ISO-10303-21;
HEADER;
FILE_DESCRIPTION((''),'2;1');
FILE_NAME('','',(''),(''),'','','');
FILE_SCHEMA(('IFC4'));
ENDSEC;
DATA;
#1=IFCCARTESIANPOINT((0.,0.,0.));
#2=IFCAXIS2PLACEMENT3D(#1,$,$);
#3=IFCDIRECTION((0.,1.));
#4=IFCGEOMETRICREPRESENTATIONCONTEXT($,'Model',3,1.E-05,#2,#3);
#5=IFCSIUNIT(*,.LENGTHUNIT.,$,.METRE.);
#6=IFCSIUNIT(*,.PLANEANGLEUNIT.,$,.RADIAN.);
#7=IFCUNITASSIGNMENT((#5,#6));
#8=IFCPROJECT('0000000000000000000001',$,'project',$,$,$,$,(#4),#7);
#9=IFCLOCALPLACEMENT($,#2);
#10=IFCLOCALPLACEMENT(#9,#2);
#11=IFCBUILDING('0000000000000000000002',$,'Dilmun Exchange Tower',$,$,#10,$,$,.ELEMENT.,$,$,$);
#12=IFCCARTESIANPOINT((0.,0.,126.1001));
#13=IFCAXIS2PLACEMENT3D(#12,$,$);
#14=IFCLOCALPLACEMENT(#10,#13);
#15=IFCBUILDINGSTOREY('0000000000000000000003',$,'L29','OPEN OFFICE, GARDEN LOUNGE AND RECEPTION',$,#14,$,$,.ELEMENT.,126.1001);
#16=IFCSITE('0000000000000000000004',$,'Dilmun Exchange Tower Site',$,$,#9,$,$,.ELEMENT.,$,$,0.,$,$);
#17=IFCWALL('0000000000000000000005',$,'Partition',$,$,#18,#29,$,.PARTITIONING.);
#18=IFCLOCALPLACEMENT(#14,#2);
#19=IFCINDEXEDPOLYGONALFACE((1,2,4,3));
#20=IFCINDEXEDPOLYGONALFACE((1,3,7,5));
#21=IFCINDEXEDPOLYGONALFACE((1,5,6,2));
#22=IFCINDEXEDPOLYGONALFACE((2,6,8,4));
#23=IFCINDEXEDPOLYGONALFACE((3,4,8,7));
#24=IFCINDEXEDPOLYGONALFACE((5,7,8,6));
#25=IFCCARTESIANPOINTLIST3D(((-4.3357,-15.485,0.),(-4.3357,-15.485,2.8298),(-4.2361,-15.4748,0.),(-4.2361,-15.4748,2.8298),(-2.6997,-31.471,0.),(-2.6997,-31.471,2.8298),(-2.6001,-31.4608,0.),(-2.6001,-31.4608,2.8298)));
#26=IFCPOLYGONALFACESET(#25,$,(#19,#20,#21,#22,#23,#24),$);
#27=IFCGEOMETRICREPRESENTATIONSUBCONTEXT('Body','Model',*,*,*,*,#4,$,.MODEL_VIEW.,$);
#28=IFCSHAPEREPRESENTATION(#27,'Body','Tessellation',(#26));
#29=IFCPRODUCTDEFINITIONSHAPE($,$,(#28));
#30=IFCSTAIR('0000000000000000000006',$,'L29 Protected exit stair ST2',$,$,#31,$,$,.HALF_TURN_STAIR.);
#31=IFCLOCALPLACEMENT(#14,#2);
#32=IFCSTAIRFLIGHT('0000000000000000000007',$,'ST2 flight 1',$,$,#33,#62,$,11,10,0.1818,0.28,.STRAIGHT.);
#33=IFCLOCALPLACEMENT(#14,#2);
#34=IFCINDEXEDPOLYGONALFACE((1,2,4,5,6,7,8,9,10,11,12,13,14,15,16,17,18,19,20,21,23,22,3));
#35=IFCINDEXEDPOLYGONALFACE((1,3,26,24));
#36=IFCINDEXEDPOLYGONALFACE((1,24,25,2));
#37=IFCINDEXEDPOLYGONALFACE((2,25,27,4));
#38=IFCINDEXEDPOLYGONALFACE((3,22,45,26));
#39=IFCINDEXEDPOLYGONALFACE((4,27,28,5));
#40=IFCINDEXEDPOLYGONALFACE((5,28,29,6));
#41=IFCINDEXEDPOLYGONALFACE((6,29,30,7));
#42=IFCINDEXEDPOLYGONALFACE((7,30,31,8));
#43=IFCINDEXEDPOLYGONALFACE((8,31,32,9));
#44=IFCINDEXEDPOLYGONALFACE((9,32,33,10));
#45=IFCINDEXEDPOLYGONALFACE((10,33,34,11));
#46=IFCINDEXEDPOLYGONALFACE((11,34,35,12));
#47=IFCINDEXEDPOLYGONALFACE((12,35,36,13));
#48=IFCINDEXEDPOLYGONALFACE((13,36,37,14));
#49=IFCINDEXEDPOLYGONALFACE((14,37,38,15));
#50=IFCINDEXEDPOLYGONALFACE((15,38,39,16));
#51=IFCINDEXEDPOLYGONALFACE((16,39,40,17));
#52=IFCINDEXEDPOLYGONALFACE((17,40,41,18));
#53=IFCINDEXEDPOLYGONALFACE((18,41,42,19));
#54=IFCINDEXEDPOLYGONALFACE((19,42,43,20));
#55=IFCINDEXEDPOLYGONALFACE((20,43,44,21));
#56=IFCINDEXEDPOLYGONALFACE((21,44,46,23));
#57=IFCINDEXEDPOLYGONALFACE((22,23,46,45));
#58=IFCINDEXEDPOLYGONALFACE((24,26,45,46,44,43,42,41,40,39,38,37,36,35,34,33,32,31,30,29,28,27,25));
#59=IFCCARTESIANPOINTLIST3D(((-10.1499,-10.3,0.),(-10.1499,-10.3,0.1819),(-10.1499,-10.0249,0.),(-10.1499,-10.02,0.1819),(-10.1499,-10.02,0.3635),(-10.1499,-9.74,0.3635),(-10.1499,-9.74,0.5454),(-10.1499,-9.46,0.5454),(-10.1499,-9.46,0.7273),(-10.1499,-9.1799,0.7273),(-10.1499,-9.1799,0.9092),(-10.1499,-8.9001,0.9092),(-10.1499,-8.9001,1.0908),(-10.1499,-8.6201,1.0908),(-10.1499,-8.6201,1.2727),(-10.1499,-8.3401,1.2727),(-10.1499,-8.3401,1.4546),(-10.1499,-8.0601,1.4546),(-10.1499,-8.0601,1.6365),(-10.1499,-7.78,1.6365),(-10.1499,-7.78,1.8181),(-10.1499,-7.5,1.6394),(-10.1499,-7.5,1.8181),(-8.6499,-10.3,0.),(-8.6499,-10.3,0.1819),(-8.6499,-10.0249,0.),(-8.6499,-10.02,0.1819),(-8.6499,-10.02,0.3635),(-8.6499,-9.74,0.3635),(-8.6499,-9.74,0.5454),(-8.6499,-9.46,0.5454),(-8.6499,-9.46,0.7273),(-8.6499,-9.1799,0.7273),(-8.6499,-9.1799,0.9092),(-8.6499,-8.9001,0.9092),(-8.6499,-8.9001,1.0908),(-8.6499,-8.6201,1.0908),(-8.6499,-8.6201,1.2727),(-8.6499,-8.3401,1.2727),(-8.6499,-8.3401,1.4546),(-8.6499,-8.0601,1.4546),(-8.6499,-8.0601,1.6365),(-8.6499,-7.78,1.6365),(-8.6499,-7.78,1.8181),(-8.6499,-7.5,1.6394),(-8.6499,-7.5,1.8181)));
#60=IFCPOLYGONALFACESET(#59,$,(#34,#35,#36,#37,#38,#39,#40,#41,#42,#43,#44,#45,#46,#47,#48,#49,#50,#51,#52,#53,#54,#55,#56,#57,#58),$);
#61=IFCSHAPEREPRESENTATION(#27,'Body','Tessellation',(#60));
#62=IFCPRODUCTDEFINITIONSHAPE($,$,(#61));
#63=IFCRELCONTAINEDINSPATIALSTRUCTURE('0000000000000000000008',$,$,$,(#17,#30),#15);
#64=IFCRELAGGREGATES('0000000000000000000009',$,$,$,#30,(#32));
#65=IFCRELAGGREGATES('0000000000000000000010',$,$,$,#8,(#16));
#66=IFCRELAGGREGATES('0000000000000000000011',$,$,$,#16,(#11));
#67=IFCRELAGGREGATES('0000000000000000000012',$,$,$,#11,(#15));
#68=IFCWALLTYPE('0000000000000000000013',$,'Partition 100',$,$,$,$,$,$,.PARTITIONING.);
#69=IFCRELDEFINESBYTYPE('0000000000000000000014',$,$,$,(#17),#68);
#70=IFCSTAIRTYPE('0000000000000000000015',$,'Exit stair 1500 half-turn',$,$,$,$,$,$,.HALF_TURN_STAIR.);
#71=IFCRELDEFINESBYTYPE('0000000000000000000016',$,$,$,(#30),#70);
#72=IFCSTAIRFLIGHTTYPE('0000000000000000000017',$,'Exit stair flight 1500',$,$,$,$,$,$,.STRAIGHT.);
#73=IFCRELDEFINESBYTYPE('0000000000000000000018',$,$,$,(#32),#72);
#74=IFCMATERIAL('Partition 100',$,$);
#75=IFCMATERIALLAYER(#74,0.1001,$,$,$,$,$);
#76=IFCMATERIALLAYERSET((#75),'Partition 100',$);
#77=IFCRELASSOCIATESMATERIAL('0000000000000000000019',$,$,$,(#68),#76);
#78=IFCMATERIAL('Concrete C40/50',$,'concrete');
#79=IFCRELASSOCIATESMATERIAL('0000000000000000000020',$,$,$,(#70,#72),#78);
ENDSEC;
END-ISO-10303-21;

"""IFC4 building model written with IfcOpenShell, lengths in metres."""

from ifc_helpers import new_model, si_unit, direction, frame, frame_2d, origin, place, context, subcontext, project, spatial, polyline, rectangle, outline, extrude, material, layer, layer_set, type_object, element, aggregate, save


model = new_model("IFC4")

# Units and contexts
model_context = context("Model", 3, precision=1e-05, world=origin(), true_north=direction((0.0, 1.0)))
body_context = subcontext(model_context, "Body", "Model", "MODEL_VIEW")
ifc_project = project(units=[si_unit("LENGTHUNIT", "METRE"), si_unit("PLANEANGLEUNIT", "RADIAN")], contexts=[model_context])

# Site, building, storey
site_placement = place(None, origin())
site = spatial("IfcSite", under=ifc_project, at=site_placement, Name="Dilmun Exchange Tower Site", CompositionType="ELEMENT", RefElevation=0.0)
building_placement = place(site_placement, origin())
building = spatial("IfcBuilding", under=site, at=building_placement, Name="Dilmun Exchange Tower", CompositionType="ELEMENT")
storey_placement = place(building_placement, frame((0.0, 0.0, 126.1001)))
storey = spatial("IfcBuildingStorey", under=building, at=storey_placement, Name="L29", Description="OPEN OFFICE, GARDEN LOUNGE AND RECEPTION", CompositionType="ELEMENT", Elevation=126.1001)

# Shared definitions
ifc_material_1 = material(Name="Concrete C40/50", Category="concrete")

# Wall
ifc_material_2 = material(Name="Partition 100")
ifc_layer_1 = layer(ifc_material_2, 0.1001)
ifc_layer_set_1 = layer_set([ifc_layer_1], Name="Partition 100")
wall_type_1 = type_object("IfcWallType", Name="Partition 100", PredefinedType="PARTITIONING", material=ifc_layer_set_1)
wall_1_placement = place(storey_placement, frame((-4.2859, -15.48, 0.0), z_axis=(0.0, 0.0, 1.0), x_axis=(0.101806, -0.994804, 0.0)))
element("IfcWall", 1, at=wall_1_placement, inside=storey, type_object=wall_type_1, Name="Partition", PredefinedType="PARTITIONING", context=body_context, shape_type="SweptSolid", body=[
    extrude(rectangle(XDim=16.0696, YDim=0.1001, at=frame_2d((8.0347, 0.0))), origin(), (0.0, 0.0, 1.0), 2.8298),
])

# Stair, stair flight
stair_type = type_object("IfcStairType", Name="Exit stair 1500 half-turn", PredefinedType="HALF_TURN_STAIR", material=ifc_material_1)
stair_placement = place(storey_placement, origin())
stair = element("IfcStair", 2, at=stair_placement, inside=storey, type_object=stair_type, Name="L29 Protected exit stair ST2", PredefinedType="HALF_TURN_STAIR")
stair_flight_type = type_object("IfcStairFlightType", Name="Exit stair flight 1500", PredefinedType="STRAIGHT", material=ifc_material_1)
stair_flight_placement = place(storey_placement, frame((-9.3999, -10.3, 0.0), z_axis=(0.0, 0.0, 1.0), x_axis=(0.0, 1.0, 0.0)))
stair_flight = element("IfcStairFlight", 3, at=stair_flight_placement, type_object=stair_flight_type, Name="ST2 flight 1", NumberOfRisers=11, NumberOfTreads=10, PredefinedType="STRAIGHT", RiserHeight=0.1818, TreadLength=0.28, context=body_context, shape_type="SweptSolid", body=[
    extrude(outline(polyline([(0.0, 0.0), (0.0, 0.1819), (0.28, 0.1819), (0.28, 0.3635), (0.5601, 0.3635), (0.5601, 0.5454), (0.8401, 0.5454), (0.8401, 0.7273), (1.1201, 0.7273), (1.1201, 0.9092), (1.3999, 0.9092), (1.3999, 1.0908), (1.6799, 1.0908), (1.6799, 1.2727), (1.96, 1.2727), (1.96, 1.4546), (2.24, 1.4546), (2.24, 1.6365), (2.52, 1.6365), (2.52, 1.8181), (2.8, 1.8181), (2.8, 2.0), (2.8, 1.6394), (0.2751, 0.0), (0.0, 0.0)])), frame((0.0, 0.75, 0.0), z_axis=(0.0, -1.0, 0.0), x_axis=(1.0, 0.0, 0.0)), (0.0, 0.0, 1.0), 1.5),
])
aggregate(stair, [stair_flight])

save(model, "model.ifc")
